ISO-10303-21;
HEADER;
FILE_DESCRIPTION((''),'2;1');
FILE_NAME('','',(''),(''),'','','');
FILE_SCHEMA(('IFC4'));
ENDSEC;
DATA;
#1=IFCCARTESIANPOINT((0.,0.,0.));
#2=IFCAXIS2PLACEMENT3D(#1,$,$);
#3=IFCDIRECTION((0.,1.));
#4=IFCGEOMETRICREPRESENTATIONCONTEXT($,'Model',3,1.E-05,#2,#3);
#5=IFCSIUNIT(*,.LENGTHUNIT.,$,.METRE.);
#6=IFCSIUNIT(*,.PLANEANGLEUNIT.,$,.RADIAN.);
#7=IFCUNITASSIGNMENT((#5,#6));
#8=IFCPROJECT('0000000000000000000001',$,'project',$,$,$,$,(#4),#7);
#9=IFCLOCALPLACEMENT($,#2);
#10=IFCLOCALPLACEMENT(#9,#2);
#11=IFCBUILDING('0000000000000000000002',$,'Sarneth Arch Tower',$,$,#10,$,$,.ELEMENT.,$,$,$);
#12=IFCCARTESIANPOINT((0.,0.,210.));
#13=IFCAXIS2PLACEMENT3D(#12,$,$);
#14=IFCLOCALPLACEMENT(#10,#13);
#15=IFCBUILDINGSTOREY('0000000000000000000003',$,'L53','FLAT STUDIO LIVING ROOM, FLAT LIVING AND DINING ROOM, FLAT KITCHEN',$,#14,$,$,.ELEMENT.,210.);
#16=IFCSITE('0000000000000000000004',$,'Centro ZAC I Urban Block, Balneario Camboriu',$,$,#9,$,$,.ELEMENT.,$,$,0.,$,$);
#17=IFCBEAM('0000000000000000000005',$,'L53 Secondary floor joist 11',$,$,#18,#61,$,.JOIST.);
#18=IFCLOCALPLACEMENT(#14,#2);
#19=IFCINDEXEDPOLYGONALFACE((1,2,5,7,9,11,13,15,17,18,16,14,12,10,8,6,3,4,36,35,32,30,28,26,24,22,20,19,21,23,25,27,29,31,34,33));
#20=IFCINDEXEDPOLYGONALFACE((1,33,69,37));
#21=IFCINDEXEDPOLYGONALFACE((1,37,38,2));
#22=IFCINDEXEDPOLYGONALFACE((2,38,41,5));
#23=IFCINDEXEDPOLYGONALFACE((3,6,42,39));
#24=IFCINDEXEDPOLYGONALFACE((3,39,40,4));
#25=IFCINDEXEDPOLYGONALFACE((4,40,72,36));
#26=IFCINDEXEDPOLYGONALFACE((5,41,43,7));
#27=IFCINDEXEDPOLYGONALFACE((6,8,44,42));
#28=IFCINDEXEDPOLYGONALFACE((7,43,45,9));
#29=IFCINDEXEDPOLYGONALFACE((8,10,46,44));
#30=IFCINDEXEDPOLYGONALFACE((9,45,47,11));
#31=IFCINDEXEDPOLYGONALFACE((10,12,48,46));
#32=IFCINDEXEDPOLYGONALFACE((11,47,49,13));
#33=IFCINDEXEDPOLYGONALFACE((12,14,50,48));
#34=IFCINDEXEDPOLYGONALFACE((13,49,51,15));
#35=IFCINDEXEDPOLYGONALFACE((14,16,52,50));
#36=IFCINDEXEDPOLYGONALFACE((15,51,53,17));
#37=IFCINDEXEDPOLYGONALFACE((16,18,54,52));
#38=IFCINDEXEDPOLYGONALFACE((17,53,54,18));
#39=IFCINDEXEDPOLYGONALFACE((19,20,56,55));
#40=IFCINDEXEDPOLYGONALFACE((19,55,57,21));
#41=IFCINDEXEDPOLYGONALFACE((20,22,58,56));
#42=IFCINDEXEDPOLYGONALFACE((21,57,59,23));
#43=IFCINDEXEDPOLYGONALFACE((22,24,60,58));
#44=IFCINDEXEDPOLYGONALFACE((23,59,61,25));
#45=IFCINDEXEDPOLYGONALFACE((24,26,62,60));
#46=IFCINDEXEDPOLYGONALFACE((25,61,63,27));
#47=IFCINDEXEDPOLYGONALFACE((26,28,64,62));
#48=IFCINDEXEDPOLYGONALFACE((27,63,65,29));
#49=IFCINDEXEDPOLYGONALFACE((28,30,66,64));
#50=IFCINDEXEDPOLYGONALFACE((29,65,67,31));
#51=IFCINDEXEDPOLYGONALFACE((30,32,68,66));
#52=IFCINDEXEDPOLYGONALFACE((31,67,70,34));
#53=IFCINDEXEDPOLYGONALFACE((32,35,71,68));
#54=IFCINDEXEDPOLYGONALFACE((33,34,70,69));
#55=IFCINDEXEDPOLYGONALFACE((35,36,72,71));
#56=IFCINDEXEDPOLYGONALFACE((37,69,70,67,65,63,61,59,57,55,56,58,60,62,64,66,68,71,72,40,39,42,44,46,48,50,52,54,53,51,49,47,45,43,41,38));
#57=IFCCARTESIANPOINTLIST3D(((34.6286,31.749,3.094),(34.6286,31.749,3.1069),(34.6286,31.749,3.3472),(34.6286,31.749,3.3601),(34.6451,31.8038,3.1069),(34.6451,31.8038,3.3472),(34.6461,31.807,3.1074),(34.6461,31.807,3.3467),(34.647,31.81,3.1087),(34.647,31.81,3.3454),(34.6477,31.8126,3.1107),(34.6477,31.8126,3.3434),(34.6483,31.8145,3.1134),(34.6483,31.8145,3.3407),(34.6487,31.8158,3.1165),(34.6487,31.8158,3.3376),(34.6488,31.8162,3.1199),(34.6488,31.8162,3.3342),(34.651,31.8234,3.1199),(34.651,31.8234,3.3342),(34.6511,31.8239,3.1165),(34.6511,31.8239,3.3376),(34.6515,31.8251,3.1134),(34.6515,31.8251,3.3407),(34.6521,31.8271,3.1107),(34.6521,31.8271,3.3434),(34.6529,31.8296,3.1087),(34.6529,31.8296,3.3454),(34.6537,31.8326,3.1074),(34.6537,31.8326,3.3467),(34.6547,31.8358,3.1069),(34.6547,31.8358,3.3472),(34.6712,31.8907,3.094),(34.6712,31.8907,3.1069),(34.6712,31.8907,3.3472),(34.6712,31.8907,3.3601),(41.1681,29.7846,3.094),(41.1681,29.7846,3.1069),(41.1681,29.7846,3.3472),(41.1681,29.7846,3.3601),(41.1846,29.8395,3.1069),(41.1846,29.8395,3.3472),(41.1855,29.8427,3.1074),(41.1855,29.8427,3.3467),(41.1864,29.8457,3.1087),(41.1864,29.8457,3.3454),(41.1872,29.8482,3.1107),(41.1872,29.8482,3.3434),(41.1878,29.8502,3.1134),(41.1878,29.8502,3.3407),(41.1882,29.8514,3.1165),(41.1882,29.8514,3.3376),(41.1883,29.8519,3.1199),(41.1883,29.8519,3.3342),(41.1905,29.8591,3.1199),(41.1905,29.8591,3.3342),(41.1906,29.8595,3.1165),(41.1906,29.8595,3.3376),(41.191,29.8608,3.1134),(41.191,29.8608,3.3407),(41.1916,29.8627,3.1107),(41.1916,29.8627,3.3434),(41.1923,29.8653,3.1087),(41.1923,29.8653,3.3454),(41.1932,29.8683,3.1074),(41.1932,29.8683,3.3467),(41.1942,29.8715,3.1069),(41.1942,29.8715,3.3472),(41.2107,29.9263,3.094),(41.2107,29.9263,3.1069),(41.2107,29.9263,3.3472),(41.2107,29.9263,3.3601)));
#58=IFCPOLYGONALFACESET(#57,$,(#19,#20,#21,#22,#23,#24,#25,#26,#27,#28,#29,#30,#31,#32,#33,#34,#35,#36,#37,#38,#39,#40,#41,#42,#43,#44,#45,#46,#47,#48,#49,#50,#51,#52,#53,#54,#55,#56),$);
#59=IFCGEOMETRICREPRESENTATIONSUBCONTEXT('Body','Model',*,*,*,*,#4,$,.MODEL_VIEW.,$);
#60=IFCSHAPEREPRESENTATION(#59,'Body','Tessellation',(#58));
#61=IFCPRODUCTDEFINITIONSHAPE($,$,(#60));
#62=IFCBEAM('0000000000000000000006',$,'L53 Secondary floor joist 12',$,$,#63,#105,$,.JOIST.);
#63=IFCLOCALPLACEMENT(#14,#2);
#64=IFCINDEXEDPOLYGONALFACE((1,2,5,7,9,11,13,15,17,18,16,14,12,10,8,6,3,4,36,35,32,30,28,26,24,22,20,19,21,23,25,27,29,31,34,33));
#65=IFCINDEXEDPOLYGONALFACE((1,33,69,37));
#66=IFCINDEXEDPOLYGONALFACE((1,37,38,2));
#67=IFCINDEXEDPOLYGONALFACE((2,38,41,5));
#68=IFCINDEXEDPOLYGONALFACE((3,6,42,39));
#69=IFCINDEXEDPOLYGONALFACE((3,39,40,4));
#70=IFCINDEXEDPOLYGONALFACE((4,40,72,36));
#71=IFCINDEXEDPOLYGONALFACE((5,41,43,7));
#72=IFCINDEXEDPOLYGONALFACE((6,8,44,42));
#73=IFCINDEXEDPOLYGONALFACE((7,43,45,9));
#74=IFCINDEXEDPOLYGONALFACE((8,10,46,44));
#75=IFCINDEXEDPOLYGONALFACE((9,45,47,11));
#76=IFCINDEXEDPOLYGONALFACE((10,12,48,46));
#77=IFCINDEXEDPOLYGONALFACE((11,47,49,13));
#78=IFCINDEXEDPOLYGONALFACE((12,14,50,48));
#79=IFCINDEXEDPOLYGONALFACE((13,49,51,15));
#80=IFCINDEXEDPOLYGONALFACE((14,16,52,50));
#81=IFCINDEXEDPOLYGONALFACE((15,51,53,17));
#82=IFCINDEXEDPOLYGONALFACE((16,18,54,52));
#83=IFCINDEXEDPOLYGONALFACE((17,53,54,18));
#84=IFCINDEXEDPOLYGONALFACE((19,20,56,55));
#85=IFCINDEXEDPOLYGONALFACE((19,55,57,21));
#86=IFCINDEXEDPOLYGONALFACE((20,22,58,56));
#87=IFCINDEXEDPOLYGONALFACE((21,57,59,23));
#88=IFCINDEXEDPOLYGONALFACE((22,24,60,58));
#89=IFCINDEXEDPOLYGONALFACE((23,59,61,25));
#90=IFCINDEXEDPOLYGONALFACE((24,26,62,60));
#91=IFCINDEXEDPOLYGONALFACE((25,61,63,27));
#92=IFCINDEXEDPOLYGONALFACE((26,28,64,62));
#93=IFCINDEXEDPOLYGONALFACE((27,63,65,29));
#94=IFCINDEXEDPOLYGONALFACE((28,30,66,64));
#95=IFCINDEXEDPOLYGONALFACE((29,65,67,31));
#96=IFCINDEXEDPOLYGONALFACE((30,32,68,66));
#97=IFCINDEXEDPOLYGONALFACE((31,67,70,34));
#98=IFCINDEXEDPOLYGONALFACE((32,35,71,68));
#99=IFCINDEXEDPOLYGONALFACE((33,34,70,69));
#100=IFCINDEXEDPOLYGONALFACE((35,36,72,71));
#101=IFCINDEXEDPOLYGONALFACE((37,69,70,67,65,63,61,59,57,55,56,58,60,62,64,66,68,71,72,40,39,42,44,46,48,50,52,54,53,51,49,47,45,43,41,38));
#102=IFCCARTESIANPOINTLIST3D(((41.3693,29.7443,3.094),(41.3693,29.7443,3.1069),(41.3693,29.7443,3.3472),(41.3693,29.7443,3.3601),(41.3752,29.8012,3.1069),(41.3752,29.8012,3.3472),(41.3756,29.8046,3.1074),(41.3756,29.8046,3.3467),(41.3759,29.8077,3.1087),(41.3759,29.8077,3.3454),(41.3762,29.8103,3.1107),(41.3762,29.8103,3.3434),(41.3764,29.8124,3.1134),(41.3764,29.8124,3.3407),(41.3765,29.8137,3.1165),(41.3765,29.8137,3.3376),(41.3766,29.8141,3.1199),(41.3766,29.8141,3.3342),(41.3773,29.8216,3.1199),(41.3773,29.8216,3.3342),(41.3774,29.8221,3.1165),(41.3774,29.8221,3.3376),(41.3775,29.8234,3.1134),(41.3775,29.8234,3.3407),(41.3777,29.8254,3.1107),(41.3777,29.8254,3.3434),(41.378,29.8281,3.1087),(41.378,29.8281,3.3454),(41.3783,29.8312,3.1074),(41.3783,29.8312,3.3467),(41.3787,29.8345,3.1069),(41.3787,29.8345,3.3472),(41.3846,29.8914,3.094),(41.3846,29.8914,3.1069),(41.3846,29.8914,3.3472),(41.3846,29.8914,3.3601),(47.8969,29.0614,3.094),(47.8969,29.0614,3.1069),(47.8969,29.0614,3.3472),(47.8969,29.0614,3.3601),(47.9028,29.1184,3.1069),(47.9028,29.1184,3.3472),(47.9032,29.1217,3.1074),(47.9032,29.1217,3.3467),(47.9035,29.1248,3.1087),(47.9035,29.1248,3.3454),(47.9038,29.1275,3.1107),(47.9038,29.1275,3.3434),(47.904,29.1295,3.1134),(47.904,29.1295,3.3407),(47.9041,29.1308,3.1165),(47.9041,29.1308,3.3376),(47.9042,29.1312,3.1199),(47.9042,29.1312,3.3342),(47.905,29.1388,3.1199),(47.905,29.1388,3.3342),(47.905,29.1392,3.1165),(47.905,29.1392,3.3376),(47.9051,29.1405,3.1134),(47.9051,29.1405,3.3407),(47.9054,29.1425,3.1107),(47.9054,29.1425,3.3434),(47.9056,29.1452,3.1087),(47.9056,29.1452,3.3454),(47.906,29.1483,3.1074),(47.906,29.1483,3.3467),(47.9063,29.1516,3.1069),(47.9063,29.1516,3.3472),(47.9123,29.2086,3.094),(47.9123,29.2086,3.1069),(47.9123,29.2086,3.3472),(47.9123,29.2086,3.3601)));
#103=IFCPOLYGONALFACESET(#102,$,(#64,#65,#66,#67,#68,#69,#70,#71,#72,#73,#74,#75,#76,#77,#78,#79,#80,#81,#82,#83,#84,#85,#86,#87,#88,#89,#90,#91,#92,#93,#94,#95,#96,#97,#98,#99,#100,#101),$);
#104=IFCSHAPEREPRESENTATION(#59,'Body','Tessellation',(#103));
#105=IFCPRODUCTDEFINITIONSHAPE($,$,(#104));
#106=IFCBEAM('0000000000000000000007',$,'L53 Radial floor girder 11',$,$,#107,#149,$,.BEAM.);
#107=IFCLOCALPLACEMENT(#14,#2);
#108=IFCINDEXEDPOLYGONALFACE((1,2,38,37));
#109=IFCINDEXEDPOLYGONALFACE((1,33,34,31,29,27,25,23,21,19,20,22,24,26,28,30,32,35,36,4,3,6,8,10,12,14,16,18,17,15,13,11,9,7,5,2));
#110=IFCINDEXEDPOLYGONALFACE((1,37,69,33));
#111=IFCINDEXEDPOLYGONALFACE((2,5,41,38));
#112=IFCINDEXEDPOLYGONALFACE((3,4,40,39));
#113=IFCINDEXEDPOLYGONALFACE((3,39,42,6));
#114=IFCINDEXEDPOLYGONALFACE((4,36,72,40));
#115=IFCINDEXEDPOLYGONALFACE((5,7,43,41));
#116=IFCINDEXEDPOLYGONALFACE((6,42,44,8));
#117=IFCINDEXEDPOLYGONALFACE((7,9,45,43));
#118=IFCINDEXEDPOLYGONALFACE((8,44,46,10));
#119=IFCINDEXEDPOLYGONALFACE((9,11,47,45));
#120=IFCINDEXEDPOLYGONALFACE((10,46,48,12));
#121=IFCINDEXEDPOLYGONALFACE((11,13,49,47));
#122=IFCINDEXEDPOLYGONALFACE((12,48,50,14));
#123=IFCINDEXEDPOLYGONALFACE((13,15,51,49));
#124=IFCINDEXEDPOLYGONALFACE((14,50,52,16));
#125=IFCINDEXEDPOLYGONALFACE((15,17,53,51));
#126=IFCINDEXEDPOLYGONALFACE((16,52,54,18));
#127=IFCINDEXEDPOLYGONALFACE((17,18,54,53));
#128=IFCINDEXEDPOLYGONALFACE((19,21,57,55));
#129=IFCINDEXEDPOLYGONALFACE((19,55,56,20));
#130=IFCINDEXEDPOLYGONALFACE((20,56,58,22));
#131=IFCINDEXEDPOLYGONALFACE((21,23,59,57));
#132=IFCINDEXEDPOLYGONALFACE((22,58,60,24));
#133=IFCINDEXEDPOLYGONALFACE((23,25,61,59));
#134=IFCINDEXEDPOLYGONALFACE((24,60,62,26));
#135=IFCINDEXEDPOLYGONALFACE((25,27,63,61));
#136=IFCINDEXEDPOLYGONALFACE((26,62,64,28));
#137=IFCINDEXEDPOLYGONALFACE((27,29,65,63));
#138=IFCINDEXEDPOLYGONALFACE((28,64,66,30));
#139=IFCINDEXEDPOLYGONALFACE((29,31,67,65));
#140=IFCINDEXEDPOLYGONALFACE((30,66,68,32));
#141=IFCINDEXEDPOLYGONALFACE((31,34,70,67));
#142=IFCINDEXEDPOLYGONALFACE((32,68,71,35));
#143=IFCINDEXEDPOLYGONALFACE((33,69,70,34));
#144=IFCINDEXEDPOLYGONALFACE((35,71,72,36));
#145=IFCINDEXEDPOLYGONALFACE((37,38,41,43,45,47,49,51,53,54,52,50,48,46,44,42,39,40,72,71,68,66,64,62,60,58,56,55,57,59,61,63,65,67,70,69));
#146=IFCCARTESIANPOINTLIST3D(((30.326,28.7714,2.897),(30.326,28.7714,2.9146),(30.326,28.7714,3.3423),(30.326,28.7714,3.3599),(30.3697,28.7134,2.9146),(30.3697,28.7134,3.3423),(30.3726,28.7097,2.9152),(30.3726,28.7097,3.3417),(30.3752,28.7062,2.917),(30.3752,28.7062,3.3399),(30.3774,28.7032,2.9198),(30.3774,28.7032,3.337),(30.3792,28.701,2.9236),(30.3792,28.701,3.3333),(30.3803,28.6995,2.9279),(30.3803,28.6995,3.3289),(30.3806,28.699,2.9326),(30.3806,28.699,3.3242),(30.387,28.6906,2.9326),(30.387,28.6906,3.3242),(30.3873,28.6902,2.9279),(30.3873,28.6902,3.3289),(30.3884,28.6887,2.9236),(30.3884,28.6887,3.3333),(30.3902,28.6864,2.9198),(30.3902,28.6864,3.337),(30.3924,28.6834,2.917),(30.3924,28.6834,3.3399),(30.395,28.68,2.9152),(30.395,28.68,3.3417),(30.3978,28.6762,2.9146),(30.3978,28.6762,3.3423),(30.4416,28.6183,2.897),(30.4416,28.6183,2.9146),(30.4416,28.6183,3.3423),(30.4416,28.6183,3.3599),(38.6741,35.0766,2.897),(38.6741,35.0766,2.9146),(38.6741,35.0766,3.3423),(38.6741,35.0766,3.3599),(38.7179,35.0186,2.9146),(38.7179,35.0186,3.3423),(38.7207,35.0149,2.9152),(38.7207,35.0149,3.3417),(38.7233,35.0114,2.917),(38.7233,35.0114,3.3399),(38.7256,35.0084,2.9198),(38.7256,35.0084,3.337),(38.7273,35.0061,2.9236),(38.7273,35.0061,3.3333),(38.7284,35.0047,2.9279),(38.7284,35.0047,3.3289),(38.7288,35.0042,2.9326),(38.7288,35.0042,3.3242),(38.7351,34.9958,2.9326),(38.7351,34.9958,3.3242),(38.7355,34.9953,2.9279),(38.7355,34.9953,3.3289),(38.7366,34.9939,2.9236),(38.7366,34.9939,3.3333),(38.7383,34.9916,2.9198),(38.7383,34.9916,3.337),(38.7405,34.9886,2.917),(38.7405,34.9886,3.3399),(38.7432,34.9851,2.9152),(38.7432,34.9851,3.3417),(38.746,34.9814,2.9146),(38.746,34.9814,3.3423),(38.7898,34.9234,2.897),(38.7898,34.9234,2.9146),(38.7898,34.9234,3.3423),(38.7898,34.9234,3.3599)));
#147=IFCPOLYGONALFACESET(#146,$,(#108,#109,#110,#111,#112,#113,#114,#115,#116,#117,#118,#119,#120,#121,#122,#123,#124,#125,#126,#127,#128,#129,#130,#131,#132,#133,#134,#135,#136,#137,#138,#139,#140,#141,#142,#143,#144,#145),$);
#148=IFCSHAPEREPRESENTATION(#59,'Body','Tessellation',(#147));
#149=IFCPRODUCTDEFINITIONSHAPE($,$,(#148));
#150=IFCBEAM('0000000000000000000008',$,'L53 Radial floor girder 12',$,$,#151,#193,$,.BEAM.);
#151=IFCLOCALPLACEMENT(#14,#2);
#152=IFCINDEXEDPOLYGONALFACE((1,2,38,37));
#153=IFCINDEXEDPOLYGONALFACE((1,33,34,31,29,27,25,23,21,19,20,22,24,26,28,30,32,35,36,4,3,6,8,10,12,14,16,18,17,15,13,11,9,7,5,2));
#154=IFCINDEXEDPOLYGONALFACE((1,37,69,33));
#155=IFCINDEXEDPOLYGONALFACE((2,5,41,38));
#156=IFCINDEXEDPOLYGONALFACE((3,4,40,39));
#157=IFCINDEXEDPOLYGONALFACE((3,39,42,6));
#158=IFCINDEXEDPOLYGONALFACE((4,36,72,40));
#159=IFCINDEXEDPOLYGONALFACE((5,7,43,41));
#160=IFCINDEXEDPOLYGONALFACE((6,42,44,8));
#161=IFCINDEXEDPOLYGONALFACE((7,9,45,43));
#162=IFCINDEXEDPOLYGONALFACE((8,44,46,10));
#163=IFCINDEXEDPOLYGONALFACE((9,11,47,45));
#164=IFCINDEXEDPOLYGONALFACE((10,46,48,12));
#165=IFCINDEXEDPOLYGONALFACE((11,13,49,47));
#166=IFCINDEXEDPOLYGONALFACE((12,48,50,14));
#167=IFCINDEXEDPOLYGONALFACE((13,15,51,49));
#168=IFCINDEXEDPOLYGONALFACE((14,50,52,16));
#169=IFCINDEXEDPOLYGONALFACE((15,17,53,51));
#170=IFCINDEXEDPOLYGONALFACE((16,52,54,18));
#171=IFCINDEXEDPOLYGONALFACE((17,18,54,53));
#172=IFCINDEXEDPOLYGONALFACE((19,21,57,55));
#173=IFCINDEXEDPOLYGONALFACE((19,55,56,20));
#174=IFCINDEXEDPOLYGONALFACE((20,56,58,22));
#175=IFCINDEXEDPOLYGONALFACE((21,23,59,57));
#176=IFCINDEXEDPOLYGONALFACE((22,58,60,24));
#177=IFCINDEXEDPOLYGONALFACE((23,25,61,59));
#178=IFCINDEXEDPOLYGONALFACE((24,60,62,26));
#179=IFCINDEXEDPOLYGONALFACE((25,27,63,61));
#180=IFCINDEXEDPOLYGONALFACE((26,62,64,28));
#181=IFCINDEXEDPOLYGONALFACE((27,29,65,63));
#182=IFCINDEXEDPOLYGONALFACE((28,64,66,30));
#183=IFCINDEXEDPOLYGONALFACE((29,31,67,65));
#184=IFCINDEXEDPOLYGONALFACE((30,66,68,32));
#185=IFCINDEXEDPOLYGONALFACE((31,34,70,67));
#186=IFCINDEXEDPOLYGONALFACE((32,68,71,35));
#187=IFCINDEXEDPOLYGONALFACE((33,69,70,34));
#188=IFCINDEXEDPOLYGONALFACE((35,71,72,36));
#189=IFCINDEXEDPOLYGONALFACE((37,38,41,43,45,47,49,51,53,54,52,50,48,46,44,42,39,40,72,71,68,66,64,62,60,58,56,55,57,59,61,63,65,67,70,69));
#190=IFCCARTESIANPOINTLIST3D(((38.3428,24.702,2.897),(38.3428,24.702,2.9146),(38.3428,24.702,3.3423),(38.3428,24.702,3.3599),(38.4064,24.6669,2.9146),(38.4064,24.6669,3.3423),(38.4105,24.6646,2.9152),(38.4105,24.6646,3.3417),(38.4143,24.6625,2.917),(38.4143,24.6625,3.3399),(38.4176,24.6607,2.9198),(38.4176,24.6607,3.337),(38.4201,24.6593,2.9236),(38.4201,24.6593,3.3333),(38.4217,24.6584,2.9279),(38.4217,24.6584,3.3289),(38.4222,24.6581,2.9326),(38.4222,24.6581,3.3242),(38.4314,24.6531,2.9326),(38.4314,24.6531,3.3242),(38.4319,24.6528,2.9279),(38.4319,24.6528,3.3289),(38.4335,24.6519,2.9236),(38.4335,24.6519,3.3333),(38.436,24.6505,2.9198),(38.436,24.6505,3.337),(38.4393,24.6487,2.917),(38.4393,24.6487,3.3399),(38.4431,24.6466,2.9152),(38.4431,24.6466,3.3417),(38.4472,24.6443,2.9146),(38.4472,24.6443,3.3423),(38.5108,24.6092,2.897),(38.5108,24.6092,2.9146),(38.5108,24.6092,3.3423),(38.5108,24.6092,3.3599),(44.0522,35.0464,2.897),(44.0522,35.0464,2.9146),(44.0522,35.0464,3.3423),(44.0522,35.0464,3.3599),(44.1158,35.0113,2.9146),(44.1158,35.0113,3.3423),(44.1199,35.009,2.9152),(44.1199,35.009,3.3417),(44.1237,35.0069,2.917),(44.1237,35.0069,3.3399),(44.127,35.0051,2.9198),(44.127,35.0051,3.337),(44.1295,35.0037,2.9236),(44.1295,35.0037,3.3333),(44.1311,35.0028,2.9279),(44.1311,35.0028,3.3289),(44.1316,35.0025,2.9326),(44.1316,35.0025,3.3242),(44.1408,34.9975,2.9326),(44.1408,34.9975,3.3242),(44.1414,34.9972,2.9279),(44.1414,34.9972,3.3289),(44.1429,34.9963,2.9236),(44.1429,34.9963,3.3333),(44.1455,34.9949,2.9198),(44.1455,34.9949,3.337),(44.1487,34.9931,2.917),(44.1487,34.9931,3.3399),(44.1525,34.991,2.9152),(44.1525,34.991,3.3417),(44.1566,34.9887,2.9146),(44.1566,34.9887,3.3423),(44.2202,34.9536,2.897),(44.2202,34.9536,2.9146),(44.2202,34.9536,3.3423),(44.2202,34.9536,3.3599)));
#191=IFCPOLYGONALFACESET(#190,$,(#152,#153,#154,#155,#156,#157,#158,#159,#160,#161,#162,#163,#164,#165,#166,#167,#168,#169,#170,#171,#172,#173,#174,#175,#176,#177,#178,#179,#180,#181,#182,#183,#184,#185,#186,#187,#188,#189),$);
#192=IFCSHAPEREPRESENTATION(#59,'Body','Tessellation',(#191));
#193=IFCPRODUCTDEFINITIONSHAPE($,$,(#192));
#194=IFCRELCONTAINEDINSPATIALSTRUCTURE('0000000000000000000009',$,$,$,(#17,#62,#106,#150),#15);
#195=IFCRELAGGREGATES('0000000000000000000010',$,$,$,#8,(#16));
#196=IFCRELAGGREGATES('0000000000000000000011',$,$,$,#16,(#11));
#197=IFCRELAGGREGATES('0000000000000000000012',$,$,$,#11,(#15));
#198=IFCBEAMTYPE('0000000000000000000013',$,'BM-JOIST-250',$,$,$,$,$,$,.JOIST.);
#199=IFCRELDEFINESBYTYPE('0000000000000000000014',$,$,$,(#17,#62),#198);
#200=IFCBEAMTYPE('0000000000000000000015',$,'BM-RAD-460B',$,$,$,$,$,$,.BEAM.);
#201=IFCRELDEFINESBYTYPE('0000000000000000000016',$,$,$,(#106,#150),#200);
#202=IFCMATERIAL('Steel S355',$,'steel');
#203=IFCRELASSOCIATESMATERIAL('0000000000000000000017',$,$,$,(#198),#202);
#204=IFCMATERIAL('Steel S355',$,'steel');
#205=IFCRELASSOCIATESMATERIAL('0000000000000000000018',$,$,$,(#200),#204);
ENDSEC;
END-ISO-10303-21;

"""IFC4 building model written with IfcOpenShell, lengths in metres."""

from ifc_helpers import new_model, si_unit, direction, frame, origin, origin_2d, place, context, subcontext, project, spatial, i_section, extrude, material, material_profile, profile_set, type_object, element, save


model = new_model("IFC4")

# Units and contexts
model_context = context("Model", 3, precision=1e-05, world=origin(), true_north=direction((0.0, 1.0)))
body_context = subcontext(model_context, "Body", "Model", "MODEL_VIEW")
ifc_project = project(units=[si_unit("LENGTHUNIT", "METRE"), si_unit("PLANEANGLEUNIT", "RADIAN")], contexts=[model_context])

# Site, building, storey
site_placement = place(None, origin())
site = spatial("IfcSite", under=ifc_project, at=site_placement, Name="Centro ZAC I Urban Block, Balneario Camboriu", CompositionType="ELEMENT", RefElevation=0.0)
building_placement = place(site_placement, origin())
building = spatial("IfcBuilding", under=site, at=building_placement, Name="Sarneth Arch Tower", CompositionType="ELEMENT")
storey_placement = place(building_placement, frame((0.0, 0.0, 210.0)))
storey = spatial("IfcBuildingStorey", under=building, at=storey_placement, Name="L53", Description="FLAT STUDIO LIVING ROOM, FLAT LIVING AND DINING ROOM, FLAT KITCHEN", CompositionType="ELEMENT", Elevation=210.0)

# Beams
ifc_material_1 = material(Name="Steel S355", Category="steel")
ifc_material_profile_1 = material_profile(ifc_material_1, i_section(OverallWidth=0.1479, OverallDepth=0.2661, WebThickness=0.0076, FlangeThickness=0.0129, FilletRadius=0.0129, at=origin_2d()), Name="W250x44.8")
ifc_profile_set_1 = profile_set([ifc_material_profile_1], Name="Steel S355")
beam_type_1 = type_object("IfcBeamType", Name="BM-JOIST-250", PredefinedType="JOIST", material=ifc_profile_set_1)
beam_1_placement = place(storey_placement, frame((34.6499, 31.8198, 3.2271), z_axis=(0.957726, -0.287682, 0.0), x_axis=(0.287682, 0.957726, 0.0)))
element("IfcBeam", 1, at=beam_1_placement, inside=storey, type_object=beam_type_1, Name="L53 Secondary floor joist 11", PredefinedType="JOIST", context=body_context, shape_type="SweptSolid", body=[
    extrude(i_section(OverallWidth=0.1479, OverallDepth=0.2661, WebThickness=0.0076, FlangeThickness=0.0129, FilletRadius=0.0129, at=origin_2d()), origin(), (0.0, 0.0, 1.0), 6.8281),
])
beam_2_placement = place(storey_placement, frame((41.377, 29.8179, 3.2271), z_axis=(0.994573, -0.104044, 0.0), x_axis=(0.104044, 0.994573, 0.0)))
element("IfcBeam", 2, at=beam_2_placement, inside=storey, type_object=beam_type_1, Name="L53 Secondary floor joist 12", PredefinedType="JOIST", context=body_context, shape_type="SweptSolid", body=[
    extrude(i_section(OverallWidth=0.1479, OverallDepth=0.2661, WebThickness=0.0076, FlangeThickness=0.0129, FilletRadius=0.0129, at=origin_2d()), origin(), (0.0, 0.0, 1.0), 6.5632),
])
ifc_material_2 = material(Name="Steel S355", Category="steel")
ifc_material_profile_2 = material_profile(ifc_material_2, i_section(OverallWidth=0.1919, OverallDepth=0.4629, WebThickness=0.0105, FlangeThickness=0.0176, FilletRadius=0.0181, at=origin_2d()), Name="W460x89")
ifc_profile_set_2 = profile_set([ifc_material_profile_2], Name="Steel S355")
beam_type_2 = type_object("IfcBeamType", Name="BM-RAD-460B", PredefinedType="BEAM", material=ifc_profile_set_2)
beam_3_placement = place(storey_placement, frame((38.7319, 35.0, 3.1284), z_axis=(-0.797974, -0.602692, 0.0), x_axis=(0.602692, -0.797974, 0.0)))
element("IfcBeam", 3, at=beam_3_placement, inside=storey, type_object=beam_type_2, Name="L53 Radial floor girder 11", PredefinedType="BEAM", context=body_context, shape_type="SweptSolid", body=[
    extrude(i_section(OverallWidth=0.1919, OverallDepth=0.4629, WebThickness=0.0105, FlangeThickness=0.0176, FilletRadius=0.0181, at=origin_2d()), origin(), (0.0, 0.0, 1.0), 10.4617),
])
beam_4_placement = place(storey_placement, frame((44.1362, 35.0, 3.1284), z_axis=(-0.483218, -0.8755, 0.0), x_axis=(0.8755, -0.483218, 0.0)))
element("IfcBeam", 4, at=beam_4_placement, inside=storey, type_object=beam_type_2, Name="L53 Radial floor girder 12", PredefinedType="BEAM", context=body_context, shape_type="SweptSolid", body=[
    extrude(i_section(OverallWidth=0.1919, OverallDepth=0.4629, WebThickness=0.0105, FlangeThickness=0.0176, FilletRadius=0.0181, at=origin_2d()), origin(), (0.0, 0.0, 1.0), 11.8154),
])

save(model, "model.ifc")
